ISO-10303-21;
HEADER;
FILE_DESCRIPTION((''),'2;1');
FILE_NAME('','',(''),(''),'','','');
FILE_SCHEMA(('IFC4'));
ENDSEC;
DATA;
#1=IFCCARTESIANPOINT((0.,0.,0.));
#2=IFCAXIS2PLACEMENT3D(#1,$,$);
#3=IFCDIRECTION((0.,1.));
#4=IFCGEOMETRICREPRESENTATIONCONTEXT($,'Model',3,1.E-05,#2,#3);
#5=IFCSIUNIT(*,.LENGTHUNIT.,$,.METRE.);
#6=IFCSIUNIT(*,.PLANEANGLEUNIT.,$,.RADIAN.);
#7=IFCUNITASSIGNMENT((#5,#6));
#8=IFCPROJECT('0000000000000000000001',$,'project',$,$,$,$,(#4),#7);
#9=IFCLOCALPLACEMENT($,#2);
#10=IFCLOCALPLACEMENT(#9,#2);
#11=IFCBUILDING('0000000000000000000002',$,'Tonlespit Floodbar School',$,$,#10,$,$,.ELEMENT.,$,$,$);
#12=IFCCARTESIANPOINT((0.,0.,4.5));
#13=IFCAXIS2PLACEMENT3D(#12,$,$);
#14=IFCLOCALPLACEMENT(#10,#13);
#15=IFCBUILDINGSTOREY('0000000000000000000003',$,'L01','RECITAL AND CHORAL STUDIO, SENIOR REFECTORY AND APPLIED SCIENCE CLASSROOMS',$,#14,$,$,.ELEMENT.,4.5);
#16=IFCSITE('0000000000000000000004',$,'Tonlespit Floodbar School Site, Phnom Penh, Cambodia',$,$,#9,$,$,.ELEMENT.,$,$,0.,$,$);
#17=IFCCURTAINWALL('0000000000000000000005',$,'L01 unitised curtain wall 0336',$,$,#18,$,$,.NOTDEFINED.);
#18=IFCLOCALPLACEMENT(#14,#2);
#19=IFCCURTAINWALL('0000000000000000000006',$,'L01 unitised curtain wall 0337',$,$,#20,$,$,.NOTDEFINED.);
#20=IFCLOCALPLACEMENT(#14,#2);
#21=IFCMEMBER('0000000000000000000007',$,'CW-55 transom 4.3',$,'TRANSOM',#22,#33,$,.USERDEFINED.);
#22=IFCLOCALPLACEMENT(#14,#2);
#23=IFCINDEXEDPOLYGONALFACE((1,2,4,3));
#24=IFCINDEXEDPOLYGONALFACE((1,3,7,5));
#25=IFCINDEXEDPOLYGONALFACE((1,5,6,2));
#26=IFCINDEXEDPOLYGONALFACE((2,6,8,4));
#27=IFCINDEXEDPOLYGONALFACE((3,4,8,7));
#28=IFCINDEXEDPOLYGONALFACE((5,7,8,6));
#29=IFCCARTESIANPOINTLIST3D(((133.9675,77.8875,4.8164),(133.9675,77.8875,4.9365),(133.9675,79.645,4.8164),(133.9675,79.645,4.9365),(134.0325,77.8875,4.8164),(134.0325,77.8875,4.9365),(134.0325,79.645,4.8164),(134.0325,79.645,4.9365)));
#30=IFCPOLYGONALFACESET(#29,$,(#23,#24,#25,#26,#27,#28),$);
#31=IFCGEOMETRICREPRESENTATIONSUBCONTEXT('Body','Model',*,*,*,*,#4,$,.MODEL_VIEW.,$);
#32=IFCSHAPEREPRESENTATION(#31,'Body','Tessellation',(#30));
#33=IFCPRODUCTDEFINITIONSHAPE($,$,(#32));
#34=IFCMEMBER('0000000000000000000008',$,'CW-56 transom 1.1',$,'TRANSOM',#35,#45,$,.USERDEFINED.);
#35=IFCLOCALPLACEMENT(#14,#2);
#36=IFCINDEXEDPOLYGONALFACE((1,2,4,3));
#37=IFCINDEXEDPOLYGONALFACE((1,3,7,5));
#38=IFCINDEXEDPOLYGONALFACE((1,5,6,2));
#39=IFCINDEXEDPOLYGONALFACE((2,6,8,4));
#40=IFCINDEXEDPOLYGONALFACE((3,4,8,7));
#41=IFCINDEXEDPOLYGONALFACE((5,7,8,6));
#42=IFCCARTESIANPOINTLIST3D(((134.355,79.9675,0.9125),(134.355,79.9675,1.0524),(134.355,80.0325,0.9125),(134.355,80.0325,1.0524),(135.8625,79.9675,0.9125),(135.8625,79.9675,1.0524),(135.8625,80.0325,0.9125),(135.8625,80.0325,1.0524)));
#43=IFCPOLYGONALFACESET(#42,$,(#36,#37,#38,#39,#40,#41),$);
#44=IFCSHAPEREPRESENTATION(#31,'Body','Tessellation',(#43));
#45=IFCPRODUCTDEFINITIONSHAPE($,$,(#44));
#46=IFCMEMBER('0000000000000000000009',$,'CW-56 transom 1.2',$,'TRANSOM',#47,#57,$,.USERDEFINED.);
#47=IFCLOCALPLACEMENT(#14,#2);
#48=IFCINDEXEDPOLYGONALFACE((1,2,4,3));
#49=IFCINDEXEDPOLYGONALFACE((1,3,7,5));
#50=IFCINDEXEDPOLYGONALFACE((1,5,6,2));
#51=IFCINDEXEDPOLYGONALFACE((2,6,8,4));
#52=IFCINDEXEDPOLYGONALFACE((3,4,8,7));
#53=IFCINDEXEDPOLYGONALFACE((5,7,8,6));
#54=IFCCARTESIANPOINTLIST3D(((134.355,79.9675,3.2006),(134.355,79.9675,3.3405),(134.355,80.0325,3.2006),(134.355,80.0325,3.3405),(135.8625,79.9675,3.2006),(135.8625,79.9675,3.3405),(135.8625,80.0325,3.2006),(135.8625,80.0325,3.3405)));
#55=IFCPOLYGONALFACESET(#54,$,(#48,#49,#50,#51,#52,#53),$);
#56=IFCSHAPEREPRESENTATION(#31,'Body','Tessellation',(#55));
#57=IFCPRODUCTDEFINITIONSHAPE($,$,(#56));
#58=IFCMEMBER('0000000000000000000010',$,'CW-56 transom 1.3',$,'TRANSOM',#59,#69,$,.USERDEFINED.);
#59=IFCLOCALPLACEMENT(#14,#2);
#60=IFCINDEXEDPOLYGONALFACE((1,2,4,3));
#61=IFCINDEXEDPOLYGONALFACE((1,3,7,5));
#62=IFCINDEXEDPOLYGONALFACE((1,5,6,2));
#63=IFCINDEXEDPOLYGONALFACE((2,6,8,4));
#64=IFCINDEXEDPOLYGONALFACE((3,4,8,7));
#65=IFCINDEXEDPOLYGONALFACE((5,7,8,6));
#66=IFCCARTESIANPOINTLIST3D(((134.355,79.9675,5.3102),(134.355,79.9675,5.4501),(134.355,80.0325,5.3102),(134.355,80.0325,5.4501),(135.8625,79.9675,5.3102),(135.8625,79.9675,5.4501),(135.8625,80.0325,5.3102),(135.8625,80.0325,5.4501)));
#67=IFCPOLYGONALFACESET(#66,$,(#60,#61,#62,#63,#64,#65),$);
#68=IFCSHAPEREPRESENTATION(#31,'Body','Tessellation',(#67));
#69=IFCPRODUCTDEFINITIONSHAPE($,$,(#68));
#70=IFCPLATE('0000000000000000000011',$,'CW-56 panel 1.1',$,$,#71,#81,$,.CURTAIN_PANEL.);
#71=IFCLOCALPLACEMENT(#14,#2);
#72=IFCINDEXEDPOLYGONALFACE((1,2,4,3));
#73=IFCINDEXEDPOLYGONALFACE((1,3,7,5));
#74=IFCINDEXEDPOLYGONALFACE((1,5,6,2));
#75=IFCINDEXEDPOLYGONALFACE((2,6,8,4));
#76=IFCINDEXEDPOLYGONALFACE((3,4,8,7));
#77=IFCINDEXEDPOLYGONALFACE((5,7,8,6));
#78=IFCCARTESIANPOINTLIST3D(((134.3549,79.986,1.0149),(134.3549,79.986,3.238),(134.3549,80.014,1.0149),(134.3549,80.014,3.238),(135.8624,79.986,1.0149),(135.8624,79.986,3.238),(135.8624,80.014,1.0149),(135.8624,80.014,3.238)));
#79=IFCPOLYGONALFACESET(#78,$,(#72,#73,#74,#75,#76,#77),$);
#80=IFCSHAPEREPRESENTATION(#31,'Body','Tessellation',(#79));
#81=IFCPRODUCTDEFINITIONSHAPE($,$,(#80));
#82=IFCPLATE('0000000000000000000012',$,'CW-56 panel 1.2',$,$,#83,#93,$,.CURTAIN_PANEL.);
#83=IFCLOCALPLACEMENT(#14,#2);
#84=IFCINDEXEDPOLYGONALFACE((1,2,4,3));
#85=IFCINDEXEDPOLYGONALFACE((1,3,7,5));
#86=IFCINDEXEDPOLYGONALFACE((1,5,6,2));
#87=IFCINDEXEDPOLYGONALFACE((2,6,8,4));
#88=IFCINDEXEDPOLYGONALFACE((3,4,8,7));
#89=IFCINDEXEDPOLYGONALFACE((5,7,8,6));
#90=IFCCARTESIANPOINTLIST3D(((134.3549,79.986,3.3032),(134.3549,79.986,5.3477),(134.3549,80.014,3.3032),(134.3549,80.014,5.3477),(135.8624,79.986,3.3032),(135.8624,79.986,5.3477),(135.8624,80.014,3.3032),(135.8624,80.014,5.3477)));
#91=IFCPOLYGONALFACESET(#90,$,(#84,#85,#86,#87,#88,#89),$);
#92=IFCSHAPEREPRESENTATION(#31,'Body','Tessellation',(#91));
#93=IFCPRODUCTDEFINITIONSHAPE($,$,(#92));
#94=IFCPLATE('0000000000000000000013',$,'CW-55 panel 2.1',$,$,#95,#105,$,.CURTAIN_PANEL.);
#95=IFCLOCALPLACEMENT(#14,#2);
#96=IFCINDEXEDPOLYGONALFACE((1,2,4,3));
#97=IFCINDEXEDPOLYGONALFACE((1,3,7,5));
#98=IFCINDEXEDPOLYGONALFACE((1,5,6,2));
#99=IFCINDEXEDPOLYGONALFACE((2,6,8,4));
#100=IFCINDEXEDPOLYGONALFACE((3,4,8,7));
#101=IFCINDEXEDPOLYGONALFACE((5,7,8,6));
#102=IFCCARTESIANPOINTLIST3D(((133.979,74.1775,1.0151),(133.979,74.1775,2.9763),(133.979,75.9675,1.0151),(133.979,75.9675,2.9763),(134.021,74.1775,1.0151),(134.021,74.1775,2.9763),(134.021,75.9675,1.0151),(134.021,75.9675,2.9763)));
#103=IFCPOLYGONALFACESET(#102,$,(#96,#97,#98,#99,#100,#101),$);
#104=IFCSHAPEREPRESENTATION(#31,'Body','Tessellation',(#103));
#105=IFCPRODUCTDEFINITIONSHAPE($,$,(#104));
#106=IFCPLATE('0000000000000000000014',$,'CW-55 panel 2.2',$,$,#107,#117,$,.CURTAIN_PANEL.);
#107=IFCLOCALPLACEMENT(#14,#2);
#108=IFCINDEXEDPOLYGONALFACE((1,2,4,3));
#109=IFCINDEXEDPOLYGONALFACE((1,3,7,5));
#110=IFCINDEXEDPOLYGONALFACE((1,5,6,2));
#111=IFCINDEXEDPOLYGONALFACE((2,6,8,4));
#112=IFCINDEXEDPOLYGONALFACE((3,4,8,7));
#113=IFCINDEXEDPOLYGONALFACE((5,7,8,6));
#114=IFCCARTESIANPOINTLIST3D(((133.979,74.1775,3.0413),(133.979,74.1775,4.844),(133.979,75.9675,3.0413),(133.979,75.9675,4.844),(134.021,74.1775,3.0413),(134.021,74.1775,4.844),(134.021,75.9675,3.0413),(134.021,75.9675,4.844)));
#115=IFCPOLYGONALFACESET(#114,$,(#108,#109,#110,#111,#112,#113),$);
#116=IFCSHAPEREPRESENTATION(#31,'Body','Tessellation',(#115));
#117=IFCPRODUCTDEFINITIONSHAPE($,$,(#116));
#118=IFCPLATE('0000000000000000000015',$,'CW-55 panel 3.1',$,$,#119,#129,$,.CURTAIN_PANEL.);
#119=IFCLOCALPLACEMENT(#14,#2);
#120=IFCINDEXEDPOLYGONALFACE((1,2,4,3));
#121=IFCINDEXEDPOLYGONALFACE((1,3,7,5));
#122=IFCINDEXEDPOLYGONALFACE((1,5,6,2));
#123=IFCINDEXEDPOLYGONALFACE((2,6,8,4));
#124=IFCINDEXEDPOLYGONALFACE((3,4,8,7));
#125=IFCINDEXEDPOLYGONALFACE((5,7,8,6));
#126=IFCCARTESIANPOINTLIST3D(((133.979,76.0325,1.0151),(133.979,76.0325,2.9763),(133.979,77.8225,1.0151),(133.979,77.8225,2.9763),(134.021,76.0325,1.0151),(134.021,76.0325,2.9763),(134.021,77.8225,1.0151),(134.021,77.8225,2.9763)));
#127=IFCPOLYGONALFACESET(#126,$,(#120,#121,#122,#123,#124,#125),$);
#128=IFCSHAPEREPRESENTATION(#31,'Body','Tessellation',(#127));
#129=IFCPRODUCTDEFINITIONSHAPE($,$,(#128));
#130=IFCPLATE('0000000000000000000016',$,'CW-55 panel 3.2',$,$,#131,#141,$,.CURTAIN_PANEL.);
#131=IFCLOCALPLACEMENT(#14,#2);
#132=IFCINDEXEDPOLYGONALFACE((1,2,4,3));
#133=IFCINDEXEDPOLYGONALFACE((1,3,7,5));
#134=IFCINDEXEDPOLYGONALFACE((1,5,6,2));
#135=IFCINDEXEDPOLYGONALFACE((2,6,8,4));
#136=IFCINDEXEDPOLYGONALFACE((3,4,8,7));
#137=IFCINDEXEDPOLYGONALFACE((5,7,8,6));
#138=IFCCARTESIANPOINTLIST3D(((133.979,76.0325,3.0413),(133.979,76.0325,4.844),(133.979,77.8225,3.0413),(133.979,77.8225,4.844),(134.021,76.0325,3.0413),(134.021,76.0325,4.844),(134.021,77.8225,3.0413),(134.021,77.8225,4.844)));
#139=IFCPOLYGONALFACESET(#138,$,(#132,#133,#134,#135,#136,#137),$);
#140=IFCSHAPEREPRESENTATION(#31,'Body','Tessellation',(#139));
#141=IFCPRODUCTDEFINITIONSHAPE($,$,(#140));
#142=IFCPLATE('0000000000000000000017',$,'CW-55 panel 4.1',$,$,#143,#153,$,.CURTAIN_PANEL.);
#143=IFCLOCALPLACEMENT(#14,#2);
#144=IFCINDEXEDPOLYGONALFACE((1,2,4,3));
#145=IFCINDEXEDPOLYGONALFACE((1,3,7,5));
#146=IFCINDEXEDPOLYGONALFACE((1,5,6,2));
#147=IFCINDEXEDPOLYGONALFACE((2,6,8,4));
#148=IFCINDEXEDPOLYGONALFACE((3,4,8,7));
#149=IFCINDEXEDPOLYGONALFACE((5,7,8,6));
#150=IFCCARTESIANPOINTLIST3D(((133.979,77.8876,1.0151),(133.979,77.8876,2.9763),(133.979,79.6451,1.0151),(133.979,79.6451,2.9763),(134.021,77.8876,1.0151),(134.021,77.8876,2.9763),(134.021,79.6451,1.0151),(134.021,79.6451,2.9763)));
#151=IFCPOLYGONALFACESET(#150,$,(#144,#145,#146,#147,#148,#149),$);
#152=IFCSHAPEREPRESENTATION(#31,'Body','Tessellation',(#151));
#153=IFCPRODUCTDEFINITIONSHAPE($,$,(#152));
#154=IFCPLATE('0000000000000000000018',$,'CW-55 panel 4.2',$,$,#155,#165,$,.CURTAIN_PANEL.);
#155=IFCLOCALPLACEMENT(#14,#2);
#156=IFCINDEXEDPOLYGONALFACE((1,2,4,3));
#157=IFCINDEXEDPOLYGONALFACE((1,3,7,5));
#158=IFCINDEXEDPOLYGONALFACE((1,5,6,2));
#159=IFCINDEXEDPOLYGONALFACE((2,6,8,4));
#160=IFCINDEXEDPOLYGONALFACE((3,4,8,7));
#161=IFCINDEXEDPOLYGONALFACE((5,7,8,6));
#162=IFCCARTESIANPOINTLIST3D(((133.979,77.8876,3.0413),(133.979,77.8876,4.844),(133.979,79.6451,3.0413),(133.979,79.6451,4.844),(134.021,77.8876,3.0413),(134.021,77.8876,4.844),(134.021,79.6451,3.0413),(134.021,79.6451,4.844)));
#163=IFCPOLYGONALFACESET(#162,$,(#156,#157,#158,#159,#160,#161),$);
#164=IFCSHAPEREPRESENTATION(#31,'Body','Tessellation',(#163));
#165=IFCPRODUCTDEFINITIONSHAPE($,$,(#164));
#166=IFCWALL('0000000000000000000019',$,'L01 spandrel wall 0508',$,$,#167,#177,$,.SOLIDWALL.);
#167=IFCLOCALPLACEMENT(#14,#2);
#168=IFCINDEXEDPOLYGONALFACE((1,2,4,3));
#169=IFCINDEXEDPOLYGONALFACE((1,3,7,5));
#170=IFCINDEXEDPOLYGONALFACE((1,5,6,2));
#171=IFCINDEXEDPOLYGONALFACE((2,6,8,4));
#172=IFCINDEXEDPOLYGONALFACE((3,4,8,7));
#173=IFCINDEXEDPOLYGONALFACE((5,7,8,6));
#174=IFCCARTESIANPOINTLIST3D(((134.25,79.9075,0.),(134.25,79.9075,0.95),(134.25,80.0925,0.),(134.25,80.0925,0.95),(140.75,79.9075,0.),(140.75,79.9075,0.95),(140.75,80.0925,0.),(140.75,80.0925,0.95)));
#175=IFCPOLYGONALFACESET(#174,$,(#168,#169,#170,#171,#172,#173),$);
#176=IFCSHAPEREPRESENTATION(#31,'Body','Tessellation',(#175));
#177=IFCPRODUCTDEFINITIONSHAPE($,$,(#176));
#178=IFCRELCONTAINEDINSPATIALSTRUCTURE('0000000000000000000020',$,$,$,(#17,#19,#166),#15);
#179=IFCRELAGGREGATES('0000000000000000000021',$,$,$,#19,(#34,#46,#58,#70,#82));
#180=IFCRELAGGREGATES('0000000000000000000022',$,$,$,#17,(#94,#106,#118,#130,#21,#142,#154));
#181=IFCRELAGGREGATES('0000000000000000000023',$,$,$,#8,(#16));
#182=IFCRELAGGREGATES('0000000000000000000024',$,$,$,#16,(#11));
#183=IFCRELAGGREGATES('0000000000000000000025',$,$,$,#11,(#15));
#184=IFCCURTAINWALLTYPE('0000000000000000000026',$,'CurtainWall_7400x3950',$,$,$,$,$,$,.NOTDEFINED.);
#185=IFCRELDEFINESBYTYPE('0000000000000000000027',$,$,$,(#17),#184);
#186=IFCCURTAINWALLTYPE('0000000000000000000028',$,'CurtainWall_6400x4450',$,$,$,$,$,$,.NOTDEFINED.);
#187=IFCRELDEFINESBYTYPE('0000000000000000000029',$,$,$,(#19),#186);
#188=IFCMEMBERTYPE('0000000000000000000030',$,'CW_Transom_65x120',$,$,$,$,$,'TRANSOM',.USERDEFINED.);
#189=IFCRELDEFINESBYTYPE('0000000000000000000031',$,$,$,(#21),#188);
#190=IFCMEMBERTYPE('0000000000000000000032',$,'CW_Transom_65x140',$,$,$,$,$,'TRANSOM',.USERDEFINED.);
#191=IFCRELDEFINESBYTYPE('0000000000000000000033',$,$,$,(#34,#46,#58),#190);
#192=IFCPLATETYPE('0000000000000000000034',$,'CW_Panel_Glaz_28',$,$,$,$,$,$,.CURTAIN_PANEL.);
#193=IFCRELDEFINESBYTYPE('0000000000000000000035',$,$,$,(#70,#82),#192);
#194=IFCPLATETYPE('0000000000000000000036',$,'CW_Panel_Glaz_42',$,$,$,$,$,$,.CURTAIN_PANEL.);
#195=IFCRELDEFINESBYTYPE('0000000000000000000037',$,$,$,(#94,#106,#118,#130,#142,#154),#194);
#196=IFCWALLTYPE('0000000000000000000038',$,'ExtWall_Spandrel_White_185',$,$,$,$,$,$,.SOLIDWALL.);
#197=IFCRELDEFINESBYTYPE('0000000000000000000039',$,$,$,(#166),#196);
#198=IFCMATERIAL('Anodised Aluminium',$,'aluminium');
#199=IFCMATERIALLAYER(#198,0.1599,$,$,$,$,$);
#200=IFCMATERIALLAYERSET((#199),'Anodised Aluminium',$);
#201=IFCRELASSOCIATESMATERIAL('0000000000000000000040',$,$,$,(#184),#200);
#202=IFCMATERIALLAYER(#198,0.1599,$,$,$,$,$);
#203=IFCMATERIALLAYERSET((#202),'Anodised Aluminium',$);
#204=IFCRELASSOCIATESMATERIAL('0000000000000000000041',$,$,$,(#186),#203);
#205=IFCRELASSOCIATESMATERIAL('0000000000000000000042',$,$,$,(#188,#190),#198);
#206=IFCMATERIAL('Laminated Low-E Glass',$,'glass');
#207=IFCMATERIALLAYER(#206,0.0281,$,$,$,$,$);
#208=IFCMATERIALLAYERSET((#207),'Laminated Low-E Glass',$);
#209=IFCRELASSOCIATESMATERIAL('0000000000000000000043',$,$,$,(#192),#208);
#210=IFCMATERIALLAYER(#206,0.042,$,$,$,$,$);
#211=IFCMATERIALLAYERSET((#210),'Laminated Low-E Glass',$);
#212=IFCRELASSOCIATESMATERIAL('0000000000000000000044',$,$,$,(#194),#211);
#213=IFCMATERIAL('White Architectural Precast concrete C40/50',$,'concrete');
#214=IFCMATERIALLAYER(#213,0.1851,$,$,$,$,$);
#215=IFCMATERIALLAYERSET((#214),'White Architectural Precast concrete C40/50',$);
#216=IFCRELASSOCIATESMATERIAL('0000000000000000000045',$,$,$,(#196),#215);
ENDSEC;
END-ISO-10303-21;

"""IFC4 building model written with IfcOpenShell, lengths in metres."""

from ifc_helpers import new_model, si_unit, direction, frame, frame_2d, origin, origin_2d, place, context, subcontext, project, spatial, rectangle, extrude, material, layer, layer_set, material_profile, profile_set, type_object, element, aggregate, save


model = new_model("IFC4")

# Units and contexts
model_context = context("Model", 3, precision=1e-05, world=origin(), true_north=direction((0.0, 1.0)))
body_context = subcontext(model_context, "Body", "Model", "MODEL_VIEW")
ifc_project = project(units=[si_unit("LENGTHUNIT", "METRE"), si_unit("PLANEANGLEUNIT", "RADIAN")], contexts=[model_context])

# Site, building, storey
site_placement = place(None, origin())
site = spatial("IfcSite", under=ifc_project, at=site_placement, Name="Tonlespit Floodbar School Site, Phnom Penh, Cambodia", CompositionType="ELEMENT", RefElevation=0.0)
building_placement = place(site_placement, origin())
building = spatial("IfcBuilding", under=site, at=building_placement, Name="Tonlespit Floodbar School", CompositionType="ELEMENT")
storey_placement = place(building_placement, frame((0.0, 0.0, 4.5)))
storey = spatial("IfcBuildingStorey", under=building, at=storey_placement, Name="L01", Description="RECITAL AND CHORAL STUDIO, SENIOR REFECTORY AND APPLIED SCIENCE CLASSROOMS", CompositionType="ELEMENT", Elevation=4.5)

# Curtain wall
ifc_material_1 = material(Name="Anodised Aluminium", Category="aluminium")
ifc_layer_1 = layer(ifc_material_1, 0.1599)
ifc_layer_set_1 = layer_set([ifc_layer_1], Name="Anodised Aluminium")
curtain_wall_type_1 = type_object("IfcCurtainWallType", Name="CurtainWall_7400x3950", PredefinedType="NOTDEFINED", material=ifc_layer_set_1)
curtain_wall_1_placement = place(storey_placement, origin())
curtain_wall_1 = element("IfcCurtainWall", 1, at=curtain_wall_1_placement, inside=storey, type_object=curtain_wall_type_1, Name="L01 unitised curtain wall 0336", PredefinedType="NOTDEFINED")

# Curtain wall
ifc_layer_2 = layer(ifc_material_1, 0.1599)
ifc_layer_set_2 = layer_set([ifc_layer_2], Name="Anodised Aluminium")
curtain_wall_type_2 = type_object("IfcCurtainWallType", Name="CurtainWall_6400x4450", PredefinedType="NOTDEFINED", material=ifc_layer_set_2)
curtain_wall_2_placement = place(storey_placement, origin())
curtain_wall_2 = element("IfcCurtainWall", 2, at=curtain_wall_2_placement, inside=storey, type_object=curtain_wall_type_2, Name="L01 unitised curtain wall 0337", PredefinedType="NOTDEFINED")

# Members
ifc_material_profile_1 = material_profile(ifc_material_1, rectangle(XDim=0.0649, YDim=0.1201, at=origin_2d()), Name="ALU T65x120")
ifc_profile_set_1 = profile_set([ifc_material_profile_1], Name="Anodised Aluminium")
member_type_1 = type_object("IfcMemberType", Name="CW_Transom_65x120", ElementType="TRANSOM", PredefinedType="USERDEFINED", material=ifc_profile_set_1)
member_1_placement = place(storey_placement, frame((134.0, 77.8875, 4.8765), z_axis=(0.0, 1.0, 0.0), x_axis=(-1.0, 0.0, 0.0)))
member_1 = element("IfcMember", 3, at=member_1_placement, type_object=member_type_1, Name="CW-55 transom 4.3", ObjectType="TRANSOM", PredefinedType="USERDEFINED", context=body_context, shape_type="SweptSolid", body=[
    extrude(rectangle(XDim=0.0649, YDim=0.1201, at=origin_2d()), origin(), (0.0, 0.0, 1.0), 1.7576),
])
ifc_material_profile_2 = material_profile(ifc_material_1, rectangle(XDim=0.0649, YDim=0.1399, at=origin_2d()), Name="ALU T65x140")
ifc_profile_set_2 = profile_set([ifc_material_profile_2], Name="Anodised Aluminium")
member_type_2 = type_object("IfcMemberType", Name="CW_Transom_65x140", ElementType="TRANSOM", PredefinedType="USERDEFINED", material=ifc_profile_set_2)
member_2_placement = place(storey_placement, frame((134.355, 80.0, 0.9824), z_axis=(1.0, 0.0, 0.0), x_axis=(0.0, 1.0, 0.0)))
member_2 = element("IfcMember", 4, at=member_2_placement, type_object=member_type_2, Name="CW-56 transom 1.1", ObjectType="TRANSOM", PredefinedType="USERDEFINED", context=body_context, shape_type="SweptSolid", body=[
    extrude(rectangle(XDim=0.0649, YDim=0.1399, at=origin_2d()), origin(), (0.0, 0.0, 1.0), 1.5076),
])
member_3_placement = place(storey_placement, frame((134.355, 80.0, 3.2705), z_axis=(1.0, 0.0, 0.0), x_axis=(0.0, 1.0, 0.0)))
member_3 = element("IfcMember", 5, at=member_3_placement, type_object=member_type_2, Name="CW-56 transom 1.2", ObjectType="TRANSOM", PredefinedType="USERDEFINED", context=body_context, shape_type="SweptSolid", body=[
    extrude(rectangle(XDim=0.0649, YDim=0.1399, at=origin_2d()), origin(), (0.0, 0.0, 1.0), 1.5076),
])
member_4_placement = place(storey_placement, frame((134.355, 80.0, 5.3801), z_axis=(1.0, 0.0, 0.0), x_axis=(0.0, 1.0, 0.0)))
member_4 = element("IfcMember", 6, at=member_4_placement, type_object=member_type_2, Name="CW-56 transom 1.3", ObjectType="TRANSOM", PredefinedType="USERDEFINED", context=body_context, shape_type="SweptSolid", body=[
    extrude(rectangle(XDim=0.0649, YDim=0.1399, at=origin_2d()), origin(), (0.0, 0.0, 1.0), 1.5076),
])

# Plates
ifc_material_2 = material(Name="Laminated Low-E Glass", Category="glass")
ifc_layer_3 = layer(ifc_material_2, 0.0281)
ifc_layer_set_3 = layer_set([ifc_layer_3], Name="Laminated Low-E Glass")
plate_type_1 = type_object("IfcPlateType", Name="CW_Panel_Glaz_28", PredefinedType="CURTAIN_PANEL", material=ifc_layer_set_3)
plate_1_placement = place(storey_placement, frame((135.1086, 80.0, 1.0149), z_axis=(0.0, 0.0, 1.0), x_axis=(1.0, 0.0, 0.0)))
plate_1 = element("IfcPlate", 7, at=plate_1_placement, type_object=plate_type_1, Name="CW-56 panel 1.1", PredefinedType="CURTAIN_PANEL", context=body_context, shape_type="SweptSolid", body=[
    extrude(rectangle(XDim=1.5076, YDim=0.0281, at=origin_2d()), origin(), (0.0, 0.0, 1.0), 2.2231),
])
plate_2_placement = place(storey_placement, frame((135.1086, 80.0, 3.3032), z_axis=(0.0, 0.0, 1.0), x_axis=(1.0, 0.0, 0.0)))
plate_2 = element("IfcPlate", 8, at=plate_2_placement, type_object=plate_type_1, Name="CW-56 panel 1.2", PredefinedType="CURTAIN_PANEL", context=body_context, shape_type="SweptSolid", body=[
    extrude(rectangle(XDim=1.5076, YDim=0.0281, at=origin_2d()), origin(), (0.0, 0.0, 1.0), 2.0444),
])
aggregate(curtain_wall_2, [member_2, member_3, member_4, plate_1, plate_2])
ifc_layer_4 = layer(ifc_material_2, 0.042)
ifc_layer_set_4 = layer_set([ifc_layer_4], Name="Laminated Low-E Glass")
plate_type_2 = type_object("IfcPlateType", Name="CW_Panel_Glaz_42", PredefinedType="CURTAIN_PANEL", material=ifc_layer_set_4)
plate_3_placement = place(storey_placement, frame((134.0, 75.0725, 1.0151), z_axis=(0.0, 0.0, 1.0), x_axis=(0.0, 1.0, 0.0)))
plate_3 = element("IfcPlate", 9, at=plate_3_placement, type_object=plate_type_2, Name="CW-55 panel 2.1", PredefinedType="CURTAIN_PANEL", context=body_context, shape_type="SweptSolid", body=[
    extrude(rectangle(XDim=1.79, YDim=0.042, at=origin_2d()), origin(), (0.0, 0.0, 1.0), 1.9612),
])
plate_4_placement = place(storey_placement, frame((134.0, 75.0725, 3.0413), z_axis=(0.0, 0.0, 1.0), x_axis=(0.0, 1.0, 0.0)))
plate_4 = element("IfcPlate", 10, at=plate_4_placement, type_object=plate_type_2, Name="CW-55 panel 2.2", PredefinedType="CURTAIN_PANEL", context=body_context, shape_type="SweptSolid", body=[
    extrude(rectangle(XDim=1.79, YDim=0.042, at=origin_2d()), origin(), (0.0, 0.0, 1.0), 1.8027),
])
plate_5_placement = place(storey_placement, frame((134.0, 76.9275, 1.0151), z_axis=(0.0, 0.0, 1.0), x_axis=(0.0, 1.0, 0.0)))
plate_5 = element("IfcPlate", 11, at=plate_5_placement, type_object=plate_type_2, Name="CW-55 panel 3.1", PredefinedType="CURTAIN_PANEL", context=body_context, shape_type="SweptSolid", body=[
    extrude(rectangle(XDim=1.79, YDim=0.042, at=origin_2d()), origin(), (0.0, 0.0, 1.0), 1.9612),
])
plate_6_placement = place(storey_placement, frame((134.0, 76.9275, 3.0413), z_axis=(0.0, 0.0, 1.0), x_axis=(0.0, 1.0, 0.0)))
plate_6 = element("IfcPlate", 12, at=plate_6_placement, type_object=plate_type_2, Name="CW-55 panel 3.2", PredefinedType="CURTAIN_PANEL", context=body_context, shape_type="SweptSolid", body=[
    extrude(rectangle(XDim=1.79, YDim=0.042, at=origin_2d()), origin(), (0.0, 0.0, 1.0), 1.8027),
])
plate_7_placement = place(storey_placement, frame((134.0, 78.7664, 1.0151), z_axis=(0.0, 0.0, 1.0), x_axis=(0.0, 1.0, 0.0)))
plate_7 = element("IfcPlate", 13, at=plate_7_placement, type_object=plate_type_2, Name="CW-55 panel 4.1", PredefinedType="CURTAIN_PANEL", context=body_context, shape_type="SweptSolid", body=[
    extrude(rectangle(XDim=1.7576, YDim=0.042, at=origin_2d()), origin(), (0.0, 0.0, 1.0), 1.9612),
])
plate_8_placement = place(storey_placement, frame((134.0, 78.7664, 3.0413), z_axis=(0.0, 0.0, 1.0), x_axis=(0.0, 1.0, 0.0)))
plate_8 = element("IfcPlate", 14, at=plate_8_placement, type_object=plate_type_2, Name="CW-55 panel 4.2", PredefinedType="CURTAIN_PANEL", context=body_context, shape_type="SweptSolid", body=[
    extrude(rectangle(XDim=1.7576, YDim=0.042, at=origin_2d()), origin(), (0.0, 0.0, 1.0), 1.8027),
])
aggregate(curtain_wall_1, [plate_3, plate_4, plate_5, plate_6, member_1, plate_7, plate_8])

# Wall
ifc_material_3 = material(Name="White Architectural Precast concrete C40/50", Category="concrete")
ifc_layer_5 = layer(ifc_material_3, 0.1851)
ifc_layer_set_5 = layer_set([ifc_layer_5], Name="White Architectural Precast concrete C40/50")
wall_type = type_object("IfcWallType", Name="ExtWall_Spandrel_White_185", PredefinedType="SOLIDWALL", material=ifc_layer_set_5)
wall_placement = place(storey_placement, frame((134.25, 80.0, 0.0), z_axis=(0.0, 0.0, 1.0), x_axis=(1.0, 0.0, 0.0)))
element("IfcWall", 15, at=wall_placement, inside=storey, type_object=wall_type, Name="L01 spandrel wall 0508", PredefinedType="SOLIDWALL", context=body_context, shape_type="SweptSolid", body=[
    extrude(rectangle(XDim=6.5, YDim=0.1851, at=frame_2d((3.25, 0.0))), origin(), (0.0, 0.0, 1.0), 0.95),
])

save(model, "model.ifc")
